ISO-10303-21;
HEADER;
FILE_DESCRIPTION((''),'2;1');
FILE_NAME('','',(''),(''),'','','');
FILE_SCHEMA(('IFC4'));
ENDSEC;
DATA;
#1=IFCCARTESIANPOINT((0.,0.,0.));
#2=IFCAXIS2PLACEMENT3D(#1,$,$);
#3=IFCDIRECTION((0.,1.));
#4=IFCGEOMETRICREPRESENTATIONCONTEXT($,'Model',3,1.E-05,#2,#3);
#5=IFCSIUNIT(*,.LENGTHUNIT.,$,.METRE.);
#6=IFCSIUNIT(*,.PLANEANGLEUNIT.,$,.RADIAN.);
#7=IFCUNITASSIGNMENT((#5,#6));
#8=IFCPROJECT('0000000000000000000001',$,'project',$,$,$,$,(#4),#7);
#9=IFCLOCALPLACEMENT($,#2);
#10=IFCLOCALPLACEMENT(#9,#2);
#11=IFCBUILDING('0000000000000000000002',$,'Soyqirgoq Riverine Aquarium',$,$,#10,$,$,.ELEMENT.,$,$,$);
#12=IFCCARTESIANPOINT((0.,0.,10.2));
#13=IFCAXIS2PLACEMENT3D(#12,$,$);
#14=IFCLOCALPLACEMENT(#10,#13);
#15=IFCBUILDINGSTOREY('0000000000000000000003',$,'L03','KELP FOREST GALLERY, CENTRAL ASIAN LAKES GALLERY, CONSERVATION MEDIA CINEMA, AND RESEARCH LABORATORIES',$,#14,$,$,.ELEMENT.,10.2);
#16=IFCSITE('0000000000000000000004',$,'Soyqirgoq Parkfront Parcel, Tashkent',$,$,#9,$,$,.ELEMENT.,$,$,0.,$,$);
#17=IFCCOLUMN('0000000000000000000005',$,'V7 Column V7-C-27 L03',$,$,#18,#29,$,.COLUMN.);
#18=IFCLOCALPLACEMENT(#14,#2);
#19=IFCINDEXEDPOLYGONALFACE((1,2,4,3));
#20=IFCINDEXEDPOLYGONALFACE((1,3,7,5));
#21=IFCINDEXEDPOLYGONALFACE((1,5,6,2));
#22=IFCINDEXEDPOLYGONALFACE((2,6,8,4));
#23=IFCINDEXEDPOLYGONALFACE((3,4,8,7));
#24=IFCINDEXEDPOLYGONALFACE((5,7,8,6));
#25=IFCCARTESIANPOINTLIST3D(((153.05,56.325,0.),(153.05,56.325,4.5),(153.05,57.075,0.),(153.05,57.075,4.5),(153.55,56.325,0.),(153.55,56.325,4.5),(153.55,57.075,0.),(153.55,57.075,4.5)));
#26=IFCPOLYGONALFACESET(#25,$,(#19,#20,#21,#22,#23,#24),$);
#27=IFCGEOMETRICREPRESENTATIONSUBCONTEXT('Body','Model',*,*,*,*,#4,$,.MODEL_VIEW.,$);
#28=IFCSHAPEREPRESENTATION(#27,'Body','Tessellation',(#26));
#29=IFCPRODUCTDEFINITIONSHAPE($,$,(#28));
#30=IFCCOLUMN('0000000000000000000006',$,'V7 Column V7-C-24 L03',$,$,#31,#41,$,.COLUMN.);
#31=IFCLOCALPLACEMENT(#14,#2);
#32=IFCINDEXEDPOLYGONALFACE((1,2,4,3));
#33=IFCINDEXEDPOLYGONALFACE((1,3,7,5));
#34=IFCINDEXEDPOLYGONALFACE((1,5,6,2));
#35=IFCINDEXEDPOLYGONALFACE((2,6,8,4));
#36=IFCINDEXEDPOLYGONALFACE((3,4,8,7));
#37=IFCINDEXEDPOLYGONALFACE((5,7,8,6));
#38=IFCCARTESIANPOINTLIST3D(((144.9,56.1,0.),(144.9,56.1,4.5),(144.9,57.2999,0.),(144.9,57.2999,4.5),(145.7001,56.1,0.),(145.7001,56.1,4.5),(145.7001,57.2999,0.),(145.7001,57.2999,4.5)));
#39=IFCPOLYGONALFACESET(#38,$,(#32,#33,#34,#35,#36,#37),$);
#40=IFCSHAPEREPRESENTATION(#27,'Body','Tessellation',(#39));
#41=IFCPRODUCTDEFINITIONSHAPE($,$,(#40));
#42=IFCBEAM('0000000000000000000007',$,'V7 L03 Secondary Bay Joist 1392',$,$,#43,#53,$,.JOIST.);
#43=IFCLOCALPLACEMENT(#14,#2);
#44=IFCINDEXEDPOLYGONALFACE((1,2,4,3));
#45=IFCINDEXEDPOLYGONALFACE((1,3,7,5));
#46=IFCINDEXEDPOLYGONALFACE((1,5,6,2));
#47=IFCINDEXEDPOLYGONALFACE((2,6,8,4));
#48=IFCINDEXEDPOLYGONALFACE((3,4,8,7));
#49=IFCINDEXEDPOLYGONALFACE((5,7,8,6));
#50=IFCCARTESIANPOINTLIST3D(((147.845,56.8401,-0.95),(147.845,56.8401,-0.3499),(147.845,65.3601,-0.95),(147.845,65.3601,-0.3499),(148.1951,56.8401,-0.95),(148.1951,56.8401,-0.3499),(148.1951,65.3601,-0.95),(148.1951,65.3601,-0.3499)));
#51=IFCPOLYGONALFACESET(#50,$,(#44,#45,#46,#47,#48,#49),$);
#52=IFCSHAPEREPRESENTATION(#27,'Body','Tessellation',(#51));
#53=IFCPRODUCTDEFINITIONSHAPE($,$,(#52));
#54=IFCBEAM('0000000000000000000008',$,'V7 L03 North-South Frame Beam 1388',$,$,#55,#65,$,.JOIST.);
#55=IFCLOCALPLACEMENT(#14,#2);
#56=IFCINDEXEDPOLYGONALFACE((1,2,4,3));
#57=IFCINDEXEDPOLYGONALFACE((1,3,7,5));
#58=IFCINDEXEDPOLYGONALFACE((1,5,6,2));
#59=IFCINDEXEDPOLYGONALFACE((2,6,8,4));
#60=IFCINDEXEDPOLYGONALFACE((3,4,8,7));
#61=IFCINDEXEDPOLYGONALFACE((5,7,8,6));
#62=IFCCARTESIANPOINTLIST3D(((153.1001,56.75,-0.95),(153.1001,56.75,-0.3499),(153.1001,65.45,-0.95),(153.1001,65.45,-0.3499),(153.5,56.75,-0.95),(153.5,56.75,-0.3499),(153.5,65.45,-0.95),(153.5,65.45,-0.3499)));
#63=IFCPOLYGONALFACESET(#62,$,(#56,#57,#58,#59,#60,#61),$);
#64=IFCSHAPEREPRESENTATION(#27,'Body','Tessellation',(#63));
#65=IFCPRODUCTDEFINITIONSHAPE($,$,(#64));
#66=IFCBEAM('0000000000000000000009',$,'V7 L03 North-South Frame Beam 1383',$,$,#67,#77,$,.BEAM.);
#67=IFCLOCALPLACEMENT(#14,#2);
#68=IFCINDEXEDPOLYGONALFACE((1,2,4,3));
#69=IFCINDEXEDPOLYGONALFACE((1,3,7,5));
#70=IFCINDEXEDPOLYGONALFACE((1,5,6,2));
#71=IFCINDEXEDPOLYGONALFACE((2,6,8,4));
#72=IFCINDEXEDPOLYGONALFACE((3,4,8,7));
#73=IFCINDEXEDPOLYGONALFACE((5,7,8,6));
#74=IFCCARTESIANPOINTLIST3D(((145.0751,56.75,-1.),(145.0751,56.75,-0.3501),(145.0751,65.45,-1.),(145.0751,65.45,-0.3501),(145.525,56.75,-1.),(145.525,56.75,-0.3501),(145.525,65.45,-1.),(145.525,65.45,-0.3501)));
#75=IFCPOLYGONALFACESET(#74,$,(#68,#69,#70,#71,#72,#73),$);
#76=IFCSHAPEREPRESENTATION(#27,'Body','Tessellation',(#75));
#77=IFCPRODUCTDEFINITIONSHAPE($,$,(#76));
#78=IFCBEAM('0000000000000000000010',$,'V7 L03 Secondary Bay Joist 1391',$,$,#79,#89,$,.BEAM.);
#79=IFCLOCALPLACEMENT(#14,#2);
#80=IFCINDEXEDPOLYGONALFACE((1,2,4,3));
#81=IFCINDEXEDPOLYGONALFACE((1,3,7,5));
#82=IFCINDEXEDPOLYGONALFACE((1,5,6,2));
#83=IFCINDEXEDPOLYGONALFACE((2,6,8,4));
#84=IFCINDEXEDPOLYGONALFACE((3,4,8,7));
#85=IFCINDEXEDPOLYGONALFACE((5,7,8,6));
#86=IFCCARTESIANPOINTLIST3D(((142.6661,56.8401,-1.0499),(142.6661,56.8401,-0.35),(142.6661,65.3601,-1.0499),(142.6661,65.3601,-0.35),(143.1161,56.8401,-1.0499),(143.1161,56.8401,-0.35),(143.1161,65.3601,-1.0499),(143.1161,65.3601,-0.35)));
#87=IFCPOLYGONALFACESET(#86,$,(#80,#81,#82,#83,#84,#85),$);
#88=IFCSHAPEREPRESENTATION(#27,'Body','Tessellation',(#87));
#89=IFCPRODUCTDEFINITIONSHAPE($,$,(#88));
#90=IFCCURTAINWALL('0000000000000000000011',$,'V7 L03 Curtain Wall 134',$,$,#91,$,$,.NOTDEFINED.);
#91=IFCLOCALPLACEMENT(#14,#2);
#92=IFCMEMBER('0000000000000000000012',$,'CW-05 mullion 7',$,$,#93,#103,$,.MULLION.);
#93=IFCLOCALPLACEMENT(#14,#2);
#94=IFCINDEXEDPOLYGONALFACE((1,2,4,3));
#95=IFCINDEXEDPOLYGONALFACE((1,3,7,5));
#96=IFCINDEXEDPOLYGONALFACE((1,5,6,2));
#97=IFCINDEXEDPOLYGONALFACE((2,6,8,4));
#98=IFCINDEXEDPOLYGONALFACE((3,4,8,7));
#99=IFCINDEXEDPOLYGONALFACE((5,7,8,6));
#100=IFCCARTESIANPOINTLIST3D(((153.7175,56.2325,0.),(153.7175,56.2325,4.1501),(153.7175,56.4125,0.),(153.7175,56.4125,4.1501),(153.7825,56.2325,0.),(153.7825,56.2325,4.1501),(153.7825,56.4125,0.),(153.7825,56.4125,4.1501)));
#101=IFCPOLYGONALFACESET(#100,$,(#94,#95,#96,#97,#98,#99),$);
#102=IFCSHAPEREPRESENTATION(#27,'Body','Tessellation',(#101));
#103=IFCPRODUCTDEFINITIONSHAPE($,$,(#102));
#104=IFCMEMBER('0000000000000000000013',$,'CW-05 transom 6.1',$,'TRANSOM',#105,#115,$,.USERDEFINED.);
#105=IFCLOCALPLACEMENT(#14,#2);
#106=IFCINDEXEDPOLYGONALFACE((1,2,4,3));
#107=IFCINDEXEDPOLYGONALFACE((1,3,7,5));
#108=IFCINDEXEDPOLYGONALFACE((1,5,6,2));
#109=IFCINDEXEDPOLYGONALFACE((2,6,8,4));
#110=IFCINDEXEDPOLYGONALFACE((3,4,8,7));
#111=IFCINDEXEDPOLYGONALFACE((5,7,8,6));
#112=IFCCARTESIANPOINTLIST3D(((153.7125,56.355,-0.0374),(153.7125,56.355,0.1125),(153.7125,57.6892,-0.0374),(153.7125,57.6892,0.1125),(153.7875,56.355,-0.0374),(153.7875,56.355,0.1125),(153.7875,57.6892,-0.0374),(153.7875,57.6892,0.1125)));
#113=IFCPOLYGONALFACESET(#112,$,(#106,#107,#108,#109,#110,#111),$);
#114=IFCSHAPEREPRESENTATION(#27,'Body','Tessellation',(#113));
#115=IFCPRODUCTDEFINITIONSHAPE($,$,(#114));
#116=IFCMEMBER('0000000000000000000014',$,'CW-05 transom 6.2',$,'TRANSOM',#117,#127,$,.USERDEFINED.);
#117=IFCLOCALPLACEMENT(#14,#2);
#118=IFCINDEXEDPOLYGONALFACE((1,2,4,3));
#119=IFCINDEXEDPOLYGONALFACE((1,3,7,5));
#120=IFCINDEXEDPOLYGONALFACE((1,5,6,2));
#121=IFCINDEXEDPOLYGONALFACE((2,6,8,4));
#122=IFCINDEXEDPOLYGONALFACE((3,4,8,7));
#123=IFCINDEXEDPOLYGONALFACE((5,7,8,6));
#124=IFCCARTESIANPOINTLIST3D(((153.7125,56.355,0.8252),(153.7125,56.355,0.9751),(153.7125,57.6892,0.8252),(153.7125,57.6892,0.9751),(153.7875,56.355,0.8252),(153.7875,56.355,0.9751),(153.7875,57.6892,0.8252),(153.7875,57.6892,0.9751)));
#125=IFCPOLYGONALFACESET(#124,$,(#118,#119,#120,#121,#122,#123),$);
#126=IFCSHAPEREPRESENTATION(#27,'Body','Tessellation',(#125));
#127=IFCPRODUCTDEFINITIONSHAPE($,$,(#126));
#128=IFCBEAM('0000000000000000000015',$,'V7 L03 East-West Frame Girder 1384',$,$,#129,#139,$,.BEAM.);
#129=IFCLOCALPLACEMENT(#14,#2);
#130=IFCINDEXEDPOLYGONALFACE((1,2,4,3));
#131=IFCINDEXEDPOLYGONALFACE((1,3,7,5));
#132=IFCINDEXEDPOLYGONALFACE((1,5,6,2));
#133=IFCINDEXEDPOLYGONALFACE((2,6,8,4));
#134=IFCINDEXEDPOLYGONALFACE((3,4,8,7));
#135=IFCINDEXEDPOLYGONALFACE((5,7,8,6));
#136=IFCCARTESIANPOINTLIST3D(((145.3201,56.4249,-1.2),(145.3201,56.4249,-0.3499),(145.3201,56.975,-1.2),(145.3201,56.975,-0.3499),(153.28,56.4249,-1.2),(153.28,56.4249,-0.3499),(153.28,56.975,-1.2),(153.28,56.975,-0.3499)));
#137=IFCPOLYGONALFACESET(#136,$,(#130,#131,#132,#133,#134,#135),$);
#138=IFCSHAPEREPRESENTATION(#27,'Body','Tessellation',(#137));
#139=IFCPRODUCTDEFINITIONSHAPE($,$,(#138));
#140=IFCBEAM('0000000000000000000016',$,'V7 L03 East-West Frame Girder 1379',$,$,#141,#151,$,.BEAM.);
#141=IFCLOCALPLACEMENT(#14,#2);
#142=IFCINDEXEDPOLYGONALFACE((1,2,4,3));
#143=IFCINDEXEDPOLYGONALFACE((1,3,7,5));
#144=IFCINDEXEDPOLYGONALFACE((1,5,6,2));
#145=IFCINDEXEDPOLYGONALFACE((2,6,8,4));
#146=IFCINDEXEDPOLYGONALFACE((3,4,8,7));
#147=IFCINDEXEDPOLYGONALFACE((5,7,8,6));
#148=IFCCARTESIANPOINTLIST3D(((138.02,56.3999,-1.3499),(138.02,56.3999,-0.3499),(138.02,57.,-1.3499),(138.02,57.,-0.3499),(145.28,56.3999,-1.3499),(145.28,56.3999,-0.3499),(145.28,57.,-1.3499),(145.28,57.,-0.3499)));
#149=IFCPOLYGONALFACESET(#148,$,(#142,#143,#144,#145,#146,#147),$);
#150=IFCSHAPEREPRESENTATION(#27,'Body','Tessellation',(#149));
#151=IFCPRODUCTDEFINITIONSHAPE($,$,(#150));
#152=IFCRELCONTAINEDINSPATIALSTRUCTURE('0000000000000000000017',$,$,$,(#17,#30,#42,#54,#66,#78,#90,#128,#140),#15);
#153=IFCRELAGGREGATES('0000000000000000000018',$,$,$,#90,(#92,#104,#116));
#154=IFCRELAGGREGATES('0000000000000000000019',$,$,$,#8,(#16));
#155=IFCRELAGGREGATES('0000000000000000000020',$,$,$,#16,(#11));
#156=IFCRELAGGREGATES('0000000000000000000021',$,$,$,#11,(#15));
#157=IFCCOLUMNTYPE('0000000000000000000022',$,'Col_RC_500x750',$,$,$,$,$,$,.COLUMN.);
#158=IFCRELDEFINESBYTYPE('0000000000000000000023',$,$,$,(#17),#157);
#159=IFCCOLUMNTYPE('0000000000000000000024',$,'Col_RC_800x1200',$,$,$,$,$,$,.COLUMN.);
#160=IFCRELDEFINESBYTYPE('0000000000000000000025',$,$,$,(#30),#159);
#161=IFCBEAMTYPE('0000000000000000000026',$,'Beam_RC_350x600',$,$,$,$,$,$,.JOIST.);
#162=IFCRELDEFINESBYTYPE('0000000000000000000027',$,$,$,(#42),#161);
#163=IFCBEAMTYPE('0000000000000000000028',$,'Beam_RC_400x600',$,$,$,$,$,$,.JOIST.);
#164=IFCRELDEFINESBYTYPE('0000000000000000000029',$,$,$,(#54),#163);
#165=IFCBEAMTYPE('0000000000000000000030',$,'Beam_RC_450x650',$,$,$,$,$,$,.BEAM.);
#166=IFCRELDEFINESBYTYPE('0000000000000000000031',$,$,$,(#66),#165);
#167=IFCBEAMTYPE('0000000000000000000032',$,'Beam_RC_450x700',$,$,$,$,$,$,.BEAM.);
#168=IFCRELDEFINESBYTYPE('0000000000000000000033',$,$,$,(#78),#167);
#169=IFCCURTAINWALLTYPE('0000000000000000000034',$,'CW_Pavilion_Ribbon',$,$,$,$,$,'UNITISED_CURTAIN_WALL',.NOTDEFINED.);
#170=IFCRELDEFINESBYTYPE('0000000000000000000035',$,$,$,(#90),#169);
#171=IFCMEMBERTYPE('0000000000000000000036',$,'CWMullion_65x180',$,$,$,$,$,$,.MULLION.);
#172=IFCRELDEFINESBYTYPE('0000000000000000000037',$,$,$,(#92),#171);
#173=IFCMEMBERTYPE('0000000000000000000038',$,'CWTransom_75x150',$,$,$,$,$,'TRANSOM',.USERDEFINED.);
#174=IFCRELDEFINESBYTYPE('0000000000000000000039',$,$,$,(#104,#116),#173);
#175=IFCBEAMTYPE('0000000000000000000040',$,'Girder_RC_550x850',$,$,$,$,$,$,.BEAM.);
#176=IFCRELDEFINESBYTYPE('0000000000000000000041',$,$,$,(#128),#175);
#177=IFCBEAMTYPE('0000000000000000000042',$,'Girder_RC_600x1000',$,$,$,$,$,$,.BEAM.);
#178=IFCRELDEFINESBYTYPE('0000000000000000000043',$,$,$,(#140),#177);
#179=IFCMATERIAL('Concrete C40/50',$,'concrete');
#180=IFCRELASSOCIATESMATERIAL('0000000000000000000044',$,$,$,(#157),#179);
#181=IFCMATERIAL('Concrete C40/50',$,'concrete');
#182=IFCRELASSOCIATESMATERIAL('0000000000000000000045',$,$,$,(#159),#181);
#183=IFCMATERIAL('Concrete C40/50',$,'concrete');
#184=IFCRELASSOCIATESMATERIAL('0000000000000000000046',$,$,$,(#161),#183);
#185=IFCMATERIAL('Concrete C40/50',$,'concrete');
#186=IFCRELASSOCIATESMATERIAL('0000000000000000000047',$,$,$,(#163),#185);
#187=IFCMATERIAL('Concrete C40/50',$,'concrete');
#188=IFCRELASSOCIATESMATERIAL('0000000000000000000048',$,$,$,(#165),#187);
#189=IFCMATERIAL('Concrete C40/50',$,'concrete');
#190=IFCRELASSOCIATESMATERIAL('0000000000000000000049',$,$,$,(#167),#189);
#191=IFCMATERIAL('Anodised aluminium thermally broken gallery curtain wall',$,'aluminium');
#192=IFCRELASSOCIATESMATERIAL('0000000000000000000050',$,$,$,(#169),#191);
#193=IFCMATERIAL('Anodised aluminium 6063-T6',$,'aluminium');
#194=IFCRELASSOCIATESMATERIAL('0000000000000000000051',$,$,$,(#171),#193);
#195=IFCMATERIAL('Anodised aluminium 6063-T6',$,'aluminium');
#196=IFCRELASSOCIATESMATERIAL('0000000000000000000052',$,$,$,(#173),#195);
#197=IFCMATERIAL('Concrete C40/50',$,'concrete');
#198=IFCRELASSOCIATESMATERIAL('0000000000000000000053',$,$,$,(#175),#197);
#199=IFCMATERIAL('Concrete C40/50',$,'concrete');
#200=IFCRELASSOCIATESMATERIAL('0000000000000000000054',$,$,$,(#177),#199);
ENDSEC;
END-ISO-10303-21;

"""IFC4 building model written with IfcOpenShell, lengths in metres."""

from ifc_helpers import new_model, si_unit, direction, frame, origin, origin_2d, place, context, subcontext, project, spatial, rectangle, extrude, material, material_profile, profile_set, type_object, element, aggregate, save


model = new_model("IFC4")

# Units and contexts
model_context = context("Model", 3, precision=1e-05, world=origin(), true_north=direction((0.0, 1.0)))
body_context = subcontext(model_context, "Body", "Model", "MODEL_VIEW")
ifc_project = project(units=[si_unit("LENGTHUNIT", "METRE"), si_unit("PLANEANGLEUNIT", "RADIAN")], contexts=[model_context])

# Site, building, storey
site_placement = place(None, origin())
site = spatial("IfcSite", under=ifc_project, at=site_placement, Name="Soyqirgoq Parkfront Parcel, Tashkent", CompositionType="ELEMENT", RefElevation=0.0)
building_placement = place(site_placement, origin())
building = spatial("IfcBuilding", under=site, at=building_placement, Name="Soyqirgoq Riverine Aquarium", CompositionType="ELEMENT")
storey_placement = place(building_placement, frame((0.0, 0.0, 10.2)))
storey = spatial("IfcBuildingStorey", under=building, at=storey_placement, Name="L03", Description="KELP FOREST GALLERY, CENTRAL ASIAN LAKES GALLERY, CONSERVATION MEDIA CINEMA, AND RESEARCH LABORATORIES", CompositionType="ELEMENT", Elevation=10.2)

# Columns
ifc_material_1 = material(Name="Concrete C40/50", Category="concrete")
ifc_material_profile_1 = material_profile(ifc_material_1, rectangle(XDim=0.5, YDim=0.75, at=origin_2d()), Name="RC-COL 500x750")
ifc_profile_set_1 = profile_set([ifc_material_profile_1], Name="Concrete C40/50")
column_type_1 = type_object("IfcColumnType", Name="Col_RC_500x750", PredefinedType="COLUMN", material=ifc_profile_set_1)
column_1_placement = place(storey_placement, frame((153.3, 56.7, 0.0), z_axis=(0.0, 0.0, 1.0), x_axis=(1.0, 0.0, 0.0)))
element("IfcColumn", 1, at=column_1_placement, inside=storey, type_object=column_type_1, Name="V7 Column V7-C-27 L03", PredefinedType="COLUMN", context=body_context, shape_type="SweptSolid", body=[
    extrude(rectangle(XDim=0.5, YDim=0.75, at=origin_2d()), origin(), (0.0, 0.0, 1.0), 4.5),
])
ifc_material_2 = material(Name="Concrete C40/50", Category="concrete")
ifc_material_profile_2 = material_profile(ifc_material_2, rectangle(XDim=0.8, YDim=1.2, at=origin_2d()), Name="RC-COL 800x1200")
ifc_profile_set_2 = profile_set([ifc_material_profile_2], Name="Concrete C40/50")
column_type_2 = type_object("IfcColumnType", Name="Col_RC_800x1200", PredefinedType="COLUMN", material=ifc_profile_set_2)
column_2_placement = place(storey_placement, frame((145.3, 56.7, 0.0), z_axis=(0.0, 0.0, 1.0), x_axis=(1.0, 0.0, 0.0)))
element("IfcColumn", 2, at=column_2_placement, inside=storey, type_object=column_type_2, Name="V7 Column V7-C-24 L03", PredefinedType="COLUMN", context=body_context, shape_type="SweptSolid", body=[
    extrude(rectangle(XDim=0.8, YDim=1.2, at=origin_2d()), origin(), (0.0, 0.0, 1.0), 4.5),
])

# Beams
ifc_material_3 = material(Name="Concrete C40/50", Category="concrete")
ifc_material_profile_3 = material_profile(ifc_material_3, rectangle(XDim=0.3501, YDim=0.6001, at=origin_2d()), Name="RC 350x600")
ifc_profile_set_3 = profile_set([ifc_material_profile_3], Name="Concrete C40/50")
beam_type_1 = type_object("IfcBeamType", Name="Beam_RC_350x600", PredefinedType="JOIST", material=ifc_profile_set_3)
beam_1_placement = place(storey_placement, frame((148.02, 56.8401, -0.6499), z_axis=(0.0, 1.0, 0.0), x_axis=(-1.0, 0.0, 0.0)))
element("IfcBeam", 3, at=beam_1_placement, inside=storey, type_object=beam_type_1, Name="V7 L03 Secondary Bay Joist 1392", PredefinedType="JOIST", context=body_context, shape_type="SweptSolid", body=[
    extrude(rectangle(XDim=0.3501, YDim=0.6001, at=origin_2d()), origin(), (0.0, 0.0, 1.0), 8.52),
])
ifc_material_4 = material(Name="Concrete C40/50", Category="concrete")
ifc_material_profile_4 = material_profile(ifc_material_4, rectangle(XDim=0.3999, YDim=0.6001, at=origin_2d()), Name="RC 400x600")
ifc_profile_set_4 = profile_set([ifc_material_profile_4], Name="Concrete C40/50")
beam_type_2 = type_object("IfcBeamType", Name="Beam_RC_400x600", PredefinedType="JOIST", material=ifc_profile_set_4)
beam_2_placement = place(storey_placement, frame((153.3, 56.75, -0.6499), z_axis=(0.0, 1.0, 0.0), x_axis=(-1.0, 0.0, 0.0)))
element("IfcBeam", 4, at=beam_2_placement, inside=storey, type_object=beam_type_2, Name="V7 L03 North-South Frame Beam 1388", PredefinedType="JOIST", context=body_context, shape_type="SweptSolid", body=[
    extrude(rectangle(XDim=0.3999, YDim=0.6001, at=origin_2d()), origin(), (0.0, 0.0, 1.0), 8.7),
])
ifc_material_5 = material(Name="Concrete C40/50", Category="concrete")
ifc_material_profile_5 = material_profile(ifc_material_5, rectangle(XDim=0.45, YDim=0.6499, at=origin_2d()), Name="RC 450x650")
ifc_profile_set_5 = profile_set([ifc_material_profile_5], Name="Concrete C40/50")
beam_type_3 = type_object("IfcBeamType", Name="Beam_RC_450x650", PredefinedType="BEAM", material=ifc_profile_set_5)
beam_3_placement = place(storey_placement, frame((145.3, 56.75, -0.675), z_axis=(0.0, 1.0, 0.0), x_axis=(-1.0, 0.0, 0.0)))
element("IfcBeam", 5, at=beam_3_placement, inside=storey, type_object=beam_type_3, Name="V7 L03 North-South Frame Beam 1383", PredefinedType="BEAM", context=body_context, shape_type="SweptSolid", body=[
    extrude(rectangle(XDim=0.45, YDim=0.6499, at=origin_2d()), origin(), (0.0, 0.0, 1.0), 8.7),
])
ifc_material_6 = material(Name="Concrete C40/50", Category="concrete")
ifc_material_profile_6 = material_profile(ifc_material_6, rectangle(XDim=0.45, YDim=0.7, at=origin_2d()), Name="RC 450x700")
ifc_profile_set_6 = profile_set([ifc_material_profile_6], Name="Concrete C40/50")
beam_type_4 = type_object("IfcBeamType", Name="Beam_RC_450x700", PredefinedType="BEAM", material=ifc_profile_set_6)
beam_4_placement = place(storey_placement, frame((142.8911, 56.8401, -0.7), z_axis=(0.0, 1.0, 0.0), x_axis=(-1.0, 0.0, 0.0)))
element("IfcBeam", 6, at=beam_4_placement, inside=storey, type_object=beam_type_4, Name="V7 L03 Secondary Bay Joist 1391", PredefinedType="BEAM", context=body_context, shape_type="SweptSolid", body=[
    extrude(rectangle(XDim=0.45, YDim=0.7, at=origin_2d()), origin(), (0.0, 0.0, 1.0), 8.52),
])

# Curtain wall, members
ifc_material_7 = material(Name="Anodised aluminium thermally broken gallery curtain wall", Category="aluminium")
curtain_wall_type = type_object("IfcCurtainWallType", Name="CW_Pavilion_Ribbon", ElementType="UNITISED_CURTAIN_WALL", PredefinedType="NOTDEFINED", material=ifc_material_7)
curtain_wall_placement = place(storey_placement, origin())
curtain_wall = element("IfcCurtainWall", 7, at=curtain_wall_placement, inside=storey, type_object=curtain_wall_type, Name="V7 L03 Curtain Wall 134", PredefinedType="NOTDEFINED")
ifc_material_8 = material(Name="Anodised aluminium 6063-T6", Category="aluminium")
ifc_material_profile_7 = material_profile(ifc_material_8, rectangle(XDim=0.0649, YDim=0.1799, at=origin_2d()), Name="ALU-M 65x180")
ifc_profile_set_7 = profile_set([ifc_material_profile_7], Name="Anodised aluminium 6063-T6")
member_type_1 = type_object("IfcMemberType", Name="CWMullion_65x180", PredefinedType="MULLION", material=ifc_profile_set_7)
member_1_placement = place(storey_placement, frame((153.75, 56.3225, 0.0), z_axis=(0.0, 0.0, 1.0), x_axis=(1.0, 0.0, 0.0)))
member_1 = element("IfcMember", 8, at=member_1_placement, type_object=member_type_1, Name="CW-05 mullion 7", PredefinedType="MULLION", context=body_context, shape_type="SweptSolid", body=[
    extrude(rectangle(XDim=0.0649, YDim=0.1799, at=origin_2d()), origin(), (0.0, 0.0, 1.0), 4.1501),
])
ifc_material_9 = material(Name="Anodised aluminium 6063-T6", Category="aluminium")
ifc_material_profile_8 = material_profile(ifc_material_9, rectangle(XDim=0.075, YDim=0.1499, at=origin_2d()), Name="ALU-T 75x150")
ifc_profile_set_8 = profile_set([ifc_material_profile_8], Name="Anodised aluminium 6063-T6")
member_type_2 = type_object("IfcMemberType", Name="CWTransom_75x150", ElementType="TRANSOM", PredefinedType="USERDEFINED", material=ifc_profile_set_8)
member_2_placement = place(storey_placement, frame((153.75, 57.6892, 0.0376), z_axis=(0.0, -1.0, 0.0), x_axis=(1.0, 0.0, 0.0)))
member_2 = element("IfcMember", 9, at=member_2_placement, type_object=member_type_2, Name="CW-05 transom 6.1", ObjectType="TRANSOM", PredefinedType="USERDEFINED", context=body_context, shape_type="SweptSolid", body=[
    extrude(rectangle(XDim=0.075, YDim=0.1499, at=origin_2d()), origin(), (0.0, 0.0, 1.0), 1.3342),
])
member_3_placement = place(storey_placement, frame((153.75, 57.6892, 0.9001), z_axis=(0.0, -1.0, 0.0), x_axis=(1.0, 0.0, 0.0)))
member_3 = element("IfcMember", 10, at=member_3_placement, type_object=member_type_2, Name="CW-05 transom 6.2", ObjectType="TRANSOM", PredefinedType="USERDEFINED", context=body_context, shape_type="SweptSolid", body=[
    extrude(rectangle(XDim=0.075, YDim=0.1499, at=origin_2d()), origin(), (0.0, 0.0, 1.0), 1.3342),
])

# Beams
ifc_material_10 = material(Name="Concrete C40/50", Category="concrete")
ifc_material_profile_9 = material_profile(ifc_material_10, rectangle(XDim=0.55, YDim=0.8501, at=origin_2d()), Name="RC 550x850")
ifc_profile_set_9 = profile_set([ifc_material_profile_9], Name="Concrete C40/50")
beam_type_5 = type_object("IfcBeamType", Name="Girder_RC_550x850", PredefinedType="BEAM", material=ifc_profile_set_9)
beam_5_placement = place(storey_placement, frame((145.3201, 56.7, -0.7749), z_axis=(1.0, 0.0, 0.0), x_axis=(0.0, 1.0, 0.0)))
element("IfcBeam", 11, at=beam_5_placement, inside=storey, type_object=beam_type_5, Name="V7 L03 East-West Frame Girder 1384", PredefinedType="BEAM", context=body_context, shape_type="SweptSolid", body=[
    extrude(rectangle(XDim=0.55, YDim=0.8501, at=origin_2d()), origin(), (0.0, 0.0, 1.0), 7.96),
])
ifc_material_11 = material(Name="Concrete C40/50", Category="concrete")
ifc_material_profile_10 = material_profile(ifc_material_11, rectangle(XDim=0.6001, YDim=1.0, at=origin_2d()), Name="RC 600x1000")
ifc_profile_set_10 = profile_set([ifc_material_profile_10], Name="Concrete C40/50")
beam_type_6 = type_object("IfcBeamType", Name="Girder_RC_600x1000", PredefinedType="BEAM", material=ifc_profile_set_10)
beam_6_placement = place(storey_placement, frame((138.02, 56.7, -0.8499), z_axis=(1.0, 0.0, 0.0), x_axis=(0.0, 1.0, 0.0)))
element("IfcBeam", 12, at=beam_6_placement, inside=storey, type_object=beam_type_6, Name="V7 L03 East-West Frame Girder 1379", PredefinedType="BEAM", context=body_context, shape_type="SweptSolid", body=[
    extrude(rectangle(XDim=0.6001, YDim=1.0, at=origin_2d()), origin(), (0.0, 0.0, 1.0), 7.26),
])

aggregate(curtain_wall, [member_1, member_2, member_3])

save(model, "model.ifc")
